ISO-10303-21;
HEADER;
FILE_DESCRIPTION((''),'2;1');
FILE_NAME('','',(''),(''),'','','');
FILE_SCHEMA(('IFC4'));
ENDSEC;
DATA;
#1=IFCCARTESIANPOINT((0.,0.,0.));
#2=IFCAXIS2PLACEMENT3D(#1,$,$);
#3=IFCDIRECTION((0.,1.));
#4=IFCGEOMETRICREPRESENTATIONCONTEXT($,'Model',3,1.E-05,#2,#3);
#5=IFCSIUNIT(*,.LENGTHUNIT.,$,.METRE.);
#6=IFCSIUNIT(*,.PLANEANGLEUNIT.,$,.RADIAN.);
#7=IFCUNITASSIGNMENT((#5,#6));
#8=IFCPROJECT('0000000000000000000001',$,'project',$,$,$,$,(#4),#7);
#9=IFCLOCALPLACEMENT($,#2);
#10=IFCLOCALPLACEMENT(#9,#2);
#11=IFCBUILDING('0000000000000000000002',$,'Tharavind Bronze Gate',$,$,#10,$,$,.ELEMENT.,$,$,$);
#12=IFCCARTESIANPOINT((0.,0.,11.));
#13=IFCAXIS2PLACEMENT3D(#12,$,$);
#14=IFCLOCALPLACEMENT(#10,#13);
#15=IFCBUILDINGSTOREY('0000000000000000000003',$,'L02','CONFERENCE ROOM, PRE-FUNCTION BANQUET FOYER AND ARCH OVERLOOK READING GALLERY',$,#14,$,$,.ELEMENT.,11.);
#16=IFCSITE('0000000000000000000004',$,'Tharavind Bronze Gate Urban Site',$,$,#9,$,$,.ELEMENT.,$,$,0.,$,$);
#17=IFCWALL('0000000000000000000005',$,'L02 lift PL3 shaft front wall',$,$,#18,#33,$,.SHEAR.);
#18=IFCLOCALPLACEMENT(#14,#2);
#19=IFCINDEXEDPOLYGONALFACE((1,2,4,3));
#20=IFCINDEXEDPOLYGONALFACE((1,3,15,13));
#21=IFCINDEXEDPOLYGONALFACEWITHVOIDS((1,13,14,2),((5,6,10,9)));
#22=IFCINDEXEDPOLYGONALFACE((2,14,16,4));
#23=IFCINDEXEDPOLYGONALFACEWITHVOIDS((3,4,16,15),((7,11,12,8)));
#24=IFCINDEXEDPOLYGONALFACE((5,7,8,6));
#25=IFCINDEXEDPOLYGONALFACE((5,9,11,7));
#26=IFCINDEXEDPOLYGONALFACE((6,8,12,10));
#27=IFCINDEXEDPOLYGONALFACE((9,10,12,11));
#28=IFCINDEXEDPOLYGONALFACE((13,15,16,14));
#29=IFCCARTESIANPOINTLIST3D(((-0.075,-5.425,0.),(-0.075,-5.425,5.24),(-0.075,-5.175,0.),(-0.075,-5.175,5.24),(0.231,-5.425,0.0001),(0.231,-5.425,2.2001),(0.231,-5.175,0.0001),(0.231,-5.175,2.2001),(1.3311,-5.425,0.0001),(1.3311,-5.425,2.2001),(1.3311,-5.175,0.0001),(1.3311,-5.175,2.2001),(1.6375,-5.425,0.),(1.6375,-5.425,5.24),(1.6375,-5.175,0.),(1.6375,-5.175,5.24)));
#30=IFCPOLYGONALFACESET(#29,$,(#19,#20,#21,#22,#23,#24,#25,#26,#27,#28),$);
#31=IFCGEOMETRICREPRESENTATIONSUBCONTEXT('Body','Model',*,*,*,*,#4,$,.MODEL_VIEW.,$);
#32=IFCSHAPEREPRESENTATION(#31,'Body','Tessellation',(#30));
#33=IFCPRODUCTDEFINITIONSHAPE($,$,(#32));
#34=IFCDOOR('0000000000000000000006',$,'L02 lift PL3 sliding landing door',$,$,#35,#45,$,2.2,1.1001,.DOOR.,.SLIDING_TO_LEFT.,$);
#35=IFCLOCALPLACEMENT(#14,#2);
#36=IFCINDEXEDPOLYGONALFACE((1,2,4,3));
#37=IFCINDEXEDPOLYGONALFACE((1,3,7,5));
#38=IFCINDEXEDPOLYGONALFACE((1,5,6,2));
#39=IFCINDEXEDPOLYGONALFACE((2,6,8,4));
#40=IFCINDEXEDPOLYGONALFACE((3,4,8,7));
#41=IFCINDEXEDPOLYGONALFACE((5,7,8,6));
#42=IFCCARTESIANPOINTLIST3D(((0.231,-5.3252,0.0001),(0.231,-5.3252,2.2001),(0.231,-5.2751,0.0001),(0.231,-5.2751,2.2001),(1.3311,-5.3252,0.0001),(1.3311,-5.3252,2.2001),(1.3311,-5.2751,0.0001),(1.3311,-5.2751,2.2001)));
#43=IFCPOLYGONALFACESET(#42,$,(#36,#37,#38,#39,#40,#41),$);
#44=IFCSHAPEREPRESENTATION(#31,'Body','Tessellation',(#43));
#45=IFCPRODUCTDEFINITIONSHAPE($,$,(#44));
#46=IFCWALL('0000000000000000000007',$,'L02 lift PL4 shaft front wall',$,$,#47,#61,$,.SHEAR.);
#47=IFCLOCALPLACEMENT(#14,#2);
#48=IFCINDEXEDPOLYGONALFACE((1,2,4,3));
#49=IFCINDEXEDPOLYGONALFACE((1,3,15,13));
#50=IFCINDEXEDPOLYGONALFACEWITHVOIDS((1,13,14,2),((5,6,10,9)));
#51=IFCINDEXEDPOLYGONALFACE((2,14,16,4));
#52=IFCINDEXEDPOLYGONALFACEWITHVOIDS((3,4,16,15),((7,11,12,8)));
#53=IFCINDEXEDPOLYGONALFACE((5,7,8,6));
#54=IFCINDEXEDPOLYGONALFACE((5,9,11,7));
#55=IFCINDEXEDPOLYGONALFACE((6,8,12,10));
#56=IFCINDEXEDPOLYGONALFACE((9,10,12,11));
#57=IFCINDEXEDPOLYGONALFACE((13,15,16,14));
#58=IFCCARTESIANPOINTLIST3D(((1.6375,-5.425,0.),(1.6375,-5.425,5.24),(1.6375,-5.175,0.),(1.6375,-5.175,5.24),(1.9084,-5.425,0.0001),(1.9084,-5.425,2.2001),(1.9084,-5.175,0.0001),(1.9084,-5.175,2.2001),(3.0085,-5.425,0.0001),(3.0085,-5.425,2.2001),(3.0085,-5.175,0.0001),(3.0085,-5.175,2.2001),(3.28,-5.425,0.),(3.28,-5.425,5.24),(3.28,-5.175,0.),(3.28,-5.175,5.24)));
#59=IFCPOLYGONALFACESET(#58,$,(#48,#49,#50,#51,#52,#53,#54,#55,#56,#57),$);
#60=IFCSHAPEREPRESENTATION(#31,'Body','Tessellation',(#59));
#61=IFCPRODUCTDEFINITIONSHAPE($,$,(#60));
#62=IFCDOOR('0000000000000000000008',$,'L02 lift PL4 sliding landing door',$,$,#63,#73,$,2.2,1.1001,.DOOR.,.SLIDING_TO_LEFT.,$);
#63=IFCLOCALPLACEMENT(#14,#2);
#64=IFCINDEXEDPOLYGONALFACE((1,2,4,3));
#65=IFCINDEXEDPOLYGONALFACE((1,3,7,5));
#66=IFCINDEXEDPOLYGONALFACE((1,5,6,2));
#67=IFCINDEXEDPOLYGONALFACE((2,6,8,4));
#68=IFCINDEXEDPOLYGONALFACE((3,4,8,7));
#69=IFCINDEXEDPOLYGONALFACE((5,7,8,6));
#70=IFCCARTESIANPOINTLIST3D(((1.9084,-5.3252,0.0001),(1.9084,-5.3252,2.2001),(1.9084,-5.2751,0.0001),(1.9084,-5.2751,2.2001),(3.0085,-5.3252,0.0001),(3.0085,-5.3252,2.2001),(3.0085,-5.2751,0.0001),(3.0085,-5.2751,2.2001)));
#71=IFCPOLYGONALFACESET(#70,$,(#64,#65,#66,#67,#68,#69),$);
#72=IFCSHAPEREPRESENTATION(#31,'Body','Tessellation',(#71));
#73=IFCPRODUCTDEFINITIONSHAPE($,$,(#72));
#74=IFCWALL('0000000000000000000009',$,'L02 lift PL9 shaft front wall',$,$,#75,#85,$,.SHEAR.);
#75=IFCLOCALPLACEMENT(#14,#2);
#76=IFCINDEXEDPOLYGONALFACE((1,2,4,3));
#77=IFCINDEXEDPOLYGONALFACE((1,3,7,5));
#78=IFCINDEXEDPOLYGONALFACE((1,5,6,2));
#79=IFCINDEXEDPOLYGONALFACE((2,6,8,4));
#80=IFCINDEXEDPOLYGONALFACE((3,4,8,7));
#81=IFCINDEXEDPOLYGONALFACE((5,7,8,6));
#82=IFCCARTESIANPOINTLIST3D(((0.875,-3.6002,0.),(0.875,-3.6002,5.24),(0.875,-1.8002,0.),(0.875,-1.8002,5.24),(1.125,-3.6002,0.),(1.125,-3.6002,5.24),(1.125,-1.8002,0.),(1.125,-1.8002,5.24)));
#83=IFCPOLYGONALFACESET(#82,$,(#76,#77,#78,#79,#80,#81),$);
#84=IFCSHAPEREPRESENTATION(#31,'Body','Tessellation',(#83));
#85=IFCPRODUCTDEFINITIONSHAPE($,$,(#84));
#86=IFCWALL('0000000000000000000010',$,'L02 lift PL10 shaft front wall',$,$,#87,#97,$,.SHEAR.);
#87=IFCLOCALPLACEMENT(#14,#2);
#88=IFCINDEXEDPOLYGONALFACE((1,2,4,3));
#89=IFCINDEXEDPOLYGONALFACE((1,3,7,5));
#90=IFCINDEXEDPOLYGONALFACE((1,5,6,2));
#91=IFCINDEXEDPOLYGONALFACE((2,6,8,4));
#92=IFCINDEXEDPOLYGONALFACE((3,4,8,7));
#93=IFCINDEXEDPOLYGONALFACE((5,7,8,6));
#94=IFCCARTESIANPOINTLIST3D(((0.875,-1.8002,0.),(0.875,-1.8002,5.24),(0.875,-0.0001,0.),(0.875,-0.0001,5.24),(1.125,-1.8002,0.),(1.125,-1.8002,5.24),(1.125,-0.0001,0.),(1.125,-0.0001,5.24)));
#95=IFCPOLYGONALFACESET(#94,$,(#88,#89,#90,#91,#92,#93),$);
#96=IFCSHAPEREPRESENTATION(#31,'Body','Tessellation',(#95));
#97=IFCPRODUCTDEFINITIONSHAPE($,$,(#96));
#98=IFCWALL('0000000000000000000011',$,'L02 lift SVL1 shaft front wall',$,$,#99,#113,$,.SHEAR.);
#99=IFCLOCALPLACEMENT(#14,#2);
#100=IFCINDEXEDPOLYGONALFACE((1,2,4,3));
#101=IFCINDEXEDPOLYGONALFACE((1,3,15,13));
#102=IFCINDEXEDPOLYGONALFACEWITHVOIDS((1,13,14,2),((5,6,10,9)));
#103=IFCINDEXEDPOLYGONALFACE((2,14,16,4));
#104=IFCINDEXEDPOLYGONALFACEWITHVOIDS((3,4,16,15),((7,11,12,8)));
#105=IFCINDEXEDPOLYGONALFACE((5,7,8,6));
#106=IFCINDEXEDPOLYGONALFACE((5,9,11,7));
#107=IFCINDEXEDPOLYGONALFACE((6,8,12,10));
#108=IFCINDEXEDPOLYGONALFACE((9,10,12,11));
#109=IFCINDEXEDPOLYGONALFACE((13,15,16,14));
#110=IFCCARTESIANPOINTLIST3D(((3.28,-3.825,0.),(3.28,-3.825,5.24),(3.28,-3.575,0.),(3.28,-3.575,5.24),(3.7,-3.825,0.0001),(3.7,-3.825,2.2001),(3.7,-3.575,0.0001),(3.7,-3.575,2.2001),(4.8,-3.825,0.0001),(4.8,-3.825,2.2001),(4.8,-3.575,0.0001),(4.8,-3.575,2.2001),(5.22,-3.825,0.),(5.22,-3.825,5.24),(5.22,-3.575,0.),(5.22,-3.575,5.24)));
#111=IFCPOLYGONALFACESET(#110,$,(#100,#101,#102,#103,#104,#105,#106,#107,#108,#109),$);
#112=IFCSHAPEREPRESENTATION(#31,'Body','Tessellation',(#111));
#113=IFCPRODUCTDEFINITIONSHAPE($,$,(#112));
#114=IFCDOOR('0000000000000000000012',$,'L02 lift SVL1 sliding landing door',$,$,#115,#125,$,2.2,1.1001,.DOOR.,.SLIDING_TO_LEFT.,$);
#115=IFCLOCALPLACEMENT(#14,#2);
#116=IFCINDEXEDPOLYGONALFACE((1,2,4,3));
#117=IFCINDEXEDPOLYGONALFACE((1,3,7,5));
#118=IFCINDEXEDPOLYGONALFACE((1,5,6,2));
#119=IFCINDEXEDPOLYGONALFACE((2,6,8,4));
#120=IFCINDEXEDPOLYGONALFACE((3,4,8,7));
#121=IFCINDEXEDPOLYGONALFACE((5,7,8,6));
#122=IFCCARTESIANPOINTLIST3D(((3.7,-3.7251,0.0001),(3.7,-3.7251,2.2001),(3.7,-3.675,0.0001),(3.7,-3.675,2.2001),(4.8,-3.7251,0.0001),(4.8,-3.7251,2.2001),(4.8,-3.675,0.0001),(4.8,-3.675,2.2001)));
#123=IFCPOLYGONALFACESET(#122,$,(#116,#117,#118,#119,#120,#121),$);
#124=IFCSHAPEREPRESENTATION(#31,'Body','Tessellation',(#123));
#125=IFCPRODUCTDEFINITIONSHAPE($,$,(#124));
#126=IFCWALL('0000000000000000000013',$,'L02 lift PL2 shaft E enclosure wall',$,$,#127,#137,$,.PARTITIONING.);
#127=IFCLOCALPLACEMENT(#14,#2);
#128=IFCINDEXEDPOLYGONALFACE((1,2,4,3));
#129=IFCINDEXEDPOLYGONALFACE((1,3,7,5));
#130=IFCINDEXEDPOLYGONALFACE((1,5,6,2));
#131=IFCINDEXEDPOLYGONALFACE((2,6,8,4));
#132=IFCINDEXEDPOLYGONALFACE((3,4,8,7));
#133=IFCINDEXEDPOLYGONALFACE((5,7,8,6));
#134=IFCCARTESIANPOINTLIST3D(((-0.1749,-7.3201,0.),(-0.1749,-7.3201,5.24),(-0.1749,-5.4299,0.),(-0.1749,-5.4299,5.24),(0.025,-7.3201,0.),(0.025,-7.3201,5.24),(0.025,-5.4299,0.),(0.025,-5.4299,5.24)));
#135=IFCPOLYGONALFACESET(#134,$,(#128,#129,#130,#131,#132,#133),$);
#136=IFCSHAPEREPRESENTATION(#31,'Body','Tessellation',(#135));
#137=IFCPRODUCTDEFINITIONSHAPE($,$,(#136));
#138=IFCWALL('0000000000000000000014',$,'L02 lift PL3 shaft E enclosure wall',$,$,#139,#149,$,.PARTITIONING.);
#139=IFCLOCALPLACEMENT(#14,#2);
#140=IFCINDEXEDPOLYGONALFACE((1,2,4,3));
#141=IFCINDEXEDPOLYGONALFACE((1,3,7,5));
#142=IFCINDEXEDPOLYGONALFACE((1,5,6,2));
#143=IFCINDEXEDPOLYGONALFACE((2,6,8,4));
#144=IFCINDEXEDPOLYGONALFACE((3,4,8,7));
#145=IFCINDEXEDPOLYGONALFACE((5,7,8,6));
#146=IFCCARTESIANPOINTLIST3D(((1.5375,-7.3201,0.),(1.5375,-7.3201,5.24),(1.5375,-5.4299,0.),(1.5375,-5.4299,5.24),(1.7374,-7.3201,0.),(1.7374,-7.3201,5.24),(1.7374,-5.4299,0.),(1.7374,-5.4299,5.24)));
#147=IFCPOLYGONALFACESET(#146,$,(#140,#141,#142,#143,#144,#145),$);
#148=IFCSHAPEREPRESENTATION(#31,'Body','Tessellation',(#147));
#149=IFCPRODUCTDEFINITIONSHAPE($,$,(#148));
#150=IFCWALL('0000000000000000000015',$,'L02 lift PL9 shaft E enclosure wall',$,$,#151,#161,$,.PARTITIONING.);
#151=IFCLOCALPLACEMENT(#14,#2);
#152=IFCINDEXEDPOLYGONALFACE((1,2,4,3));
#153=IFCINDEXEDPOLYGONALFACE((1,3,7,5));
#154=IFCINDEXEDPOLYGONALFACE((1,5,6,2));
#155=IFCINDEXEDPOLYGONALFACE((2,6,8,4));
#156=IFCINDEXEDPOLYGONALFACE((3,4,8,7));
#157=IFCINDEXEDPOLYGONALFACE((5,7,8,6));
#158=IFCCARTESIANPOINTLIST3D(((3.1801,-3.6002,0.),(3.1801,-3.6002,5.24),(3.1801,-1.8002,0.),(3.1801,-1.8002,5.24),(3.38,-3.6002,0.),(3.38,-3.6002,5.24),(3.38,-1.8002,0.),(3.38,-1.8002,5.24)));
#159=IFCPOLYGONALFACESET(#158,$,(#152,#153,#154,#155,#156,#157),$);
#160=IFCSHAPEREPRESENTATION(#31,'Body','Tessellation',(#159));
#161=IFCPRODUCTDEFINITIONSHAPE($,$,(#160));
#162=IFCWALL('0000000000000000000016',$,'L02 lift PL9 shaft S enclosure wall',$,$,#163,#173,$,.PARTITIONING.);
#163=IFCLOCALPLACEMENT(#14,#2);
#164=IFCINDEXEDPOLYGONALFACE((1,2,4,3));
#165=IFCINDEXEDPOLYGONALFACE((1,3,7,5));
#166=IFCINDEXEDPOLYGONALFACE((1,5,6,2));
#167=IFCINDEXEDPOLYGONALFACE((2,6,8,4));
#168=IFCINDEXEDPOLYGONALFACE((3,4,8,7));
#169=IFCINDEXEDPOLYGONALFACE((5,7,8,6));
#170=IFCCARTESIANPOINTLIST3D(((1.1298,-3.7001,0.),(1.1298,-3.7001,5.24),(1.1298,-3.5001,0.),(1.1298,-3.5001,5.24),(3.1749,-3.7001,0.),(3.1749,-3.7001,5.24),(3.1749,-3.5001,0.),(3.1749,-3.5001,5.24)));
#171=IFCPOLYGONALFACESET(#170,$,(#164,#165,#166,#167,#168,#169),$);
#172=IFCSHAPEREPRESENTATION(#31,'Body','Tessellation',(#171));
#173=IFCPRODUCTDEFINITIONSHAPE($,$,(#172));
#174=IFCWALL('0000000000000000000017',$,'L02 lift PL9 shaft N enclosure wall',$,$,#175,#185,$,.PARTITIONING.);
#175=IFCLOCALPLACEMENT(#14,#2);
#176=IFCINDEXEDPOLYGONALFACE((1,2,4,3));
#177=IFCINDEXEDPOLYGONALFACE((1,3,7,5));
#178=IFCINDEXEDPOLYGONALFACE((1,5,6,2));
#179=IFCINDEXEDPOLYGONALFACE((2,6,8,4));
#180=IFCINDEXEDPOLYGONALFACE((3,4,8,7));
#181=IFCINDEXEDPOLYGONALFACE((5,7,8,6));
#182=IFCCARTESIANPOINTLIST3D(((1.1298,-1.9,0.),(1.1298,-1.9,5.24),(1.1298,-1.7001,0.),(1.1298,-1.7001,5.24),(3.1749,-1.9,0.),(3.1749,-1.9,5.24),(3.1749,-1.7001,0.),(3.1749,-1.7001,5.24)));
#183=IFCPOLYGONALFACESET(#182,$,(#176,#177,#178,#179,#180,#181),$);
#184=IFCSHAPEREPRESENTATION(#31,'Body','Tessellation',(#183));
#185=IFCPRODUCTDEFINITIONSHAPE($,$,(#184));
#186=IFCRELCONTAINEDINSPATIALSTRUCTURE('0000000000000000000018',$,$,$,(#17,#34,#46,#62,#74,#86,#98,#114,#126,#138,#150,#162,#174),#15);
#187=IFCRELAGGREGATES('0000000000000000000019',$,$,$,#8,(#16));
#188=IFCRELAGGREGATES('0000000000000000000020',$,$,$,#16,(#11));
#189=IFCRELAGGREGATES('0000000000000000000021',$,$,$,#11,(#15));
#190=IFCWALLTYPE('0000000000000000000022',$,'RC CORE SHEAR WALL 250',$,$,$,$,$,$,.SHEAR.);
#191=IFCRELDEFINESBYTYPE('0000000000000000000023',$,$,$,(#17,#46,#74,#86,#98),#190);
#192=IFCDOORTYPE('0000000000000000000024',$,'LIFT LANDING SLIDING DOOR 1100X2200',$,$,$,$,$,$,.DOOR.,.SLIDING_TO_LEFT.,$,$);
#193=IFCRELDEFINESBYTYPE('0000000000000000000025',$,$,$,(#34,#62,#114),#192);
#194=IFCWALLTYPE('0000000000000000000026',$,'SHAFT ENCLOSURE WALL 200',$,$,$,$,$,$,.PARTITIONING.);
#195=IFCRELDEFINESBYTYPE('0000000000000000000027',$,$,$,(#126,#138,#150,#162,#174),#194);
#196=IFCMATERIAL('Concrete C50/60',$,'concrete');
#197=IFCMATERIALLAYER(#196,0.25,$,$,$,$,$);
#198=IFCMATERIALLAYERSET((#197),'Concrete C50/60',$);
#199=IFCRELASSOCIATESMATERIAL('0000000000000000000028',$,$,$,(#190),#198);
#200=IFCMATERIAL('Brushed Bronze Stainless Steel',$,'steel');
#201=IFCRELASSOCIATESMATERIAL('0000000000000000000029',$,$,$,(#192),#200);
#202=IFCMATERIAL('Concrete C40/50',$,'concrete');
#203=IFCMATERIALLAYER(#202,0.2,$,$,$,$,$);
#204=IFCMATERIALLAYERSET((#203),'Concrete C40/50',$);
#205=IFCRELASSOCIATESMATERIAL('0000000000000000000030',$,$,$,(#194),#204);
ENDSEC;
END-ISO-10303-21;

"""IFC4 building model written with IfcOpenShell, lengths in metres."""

from ifc_helpers import new_model, si_unit, direction, frame, frame_2d, origin, place, context, subcontext, project, spatial, rectangle, extrude, material, layer, layer_set, type_object, element, fill, save


model = new_model("IFC4")

# Units and contexts
model_context = context("Model", 3, precision=1e-05, world=origin(), true_north=direction((0.0, 1.0)))
body_context = subcontext(model_context, "Body", "Model", "MODEL_VIEW")
ifc_project = project(units=[si_unit("LENGTHUNIT", "METRE"), si_unit("PLANEANGLEUNIT", "RADIAN")], contexts=[model_context])

# Site, building, storey
site_placement = place(None, origin())
site = spatial("IfcSite", under=ifc_project, at=site_placement, Name="Tharavind Bronze Gate Urban Site", CompositionType="ELEMENT", RefElevation=0.0)
building_placement = place(site_placement, origin())
building = spatial("IfcBuilding", under=site, at=building_placement, Name="Tharavind Bronze Gate", CompositionType="ELEMENT")
storey_placement = place(building_placement, frame((0.0, 0.0, 11.0)))
storey = spatial("IfcBuildingStorey", under=building, at=storey_placement, Name="L02", Description="CONFERENCE ROOM, PRE-FUNCTION BANQUET FOYER AND ARCH OVERLOOK READING GALLERY", CompositionType="ELEMENT", Elevation=11.0)

# Shared definitions
ifc_material_1 = material(Name="Concrete C40/50", Category="concrete")

# Shared definitions
ifc_material_2 = material(Name="Concrete C50/60", Category="concrete")
ifc_layer_1 = layer(ifc_material_2, 0.25)
ifc_layer_set_1 = layer_set([ifc_layer_1], Name="Concrete C50/60")
wall_type_1 = type_object("IfcWallType", Name="RC CORE SHEAR WALL 250", PredefinedType="SHEAR", material=ifc_layer_set_1)

# Walls, openings, doors
wall_1_placement = place(storey_placement, frame((-0.075, -5.3, 0.0), z_axis=(0.0, 0.0, 1.0), x_axis=(1.0, 0.0, 0.0)))
wall_1 = element("IfcWall", 1, at=wall_1_placement, inside=storey, type_object=wall_type_1, Name="L02 lift PL3 shaft front wall", PredefinedType="SHEAR", context=body_context, shape_type="SweptSolid", body=[
    extrude(rectangle(XDim=1.7124, YDim=0.25, at=frame_2d((0.8562, 0.0))), origin(), (0.0, 0.0, 1.0), 5.24),
])
opening_1_placement = place(wall_1_placement, frame((0.3059, 0.0, 0.0)))
opening_1 = element("IfcOpeningElement", 2, at=opening_1_placement, cuts=wall_1, PredefinedType="OPENING", context=body_context, shape_type="SweptSolid", body=[
    extrude(rectangle(XDim=1.1001, YDim=2.2, at=frame_2d((0.55, 1.1001))), frame((0.0, 0.135, 0.0), z_axis=(0.0, -1.0, 0.0), x_axis=(1.0, 0.0, 0.0)), (0.0, 0.0, 1.0), 0.27),
])
ifc_material_3 = material(Name="Brushed Bronze Stainless Steel", Category="steel")
door_type = type_object("IfcDoorType", Name="LIFT LANDING SLIDING DOOR 1100X2200", OperationType="SLIDING_TO_LEFT", PredefinedType="DOOR", material=ifc_material_3)
door_1_placement = place(opening_1_placement, origin())
door_1 = element("IfcDoor", 3, at=door_1_placement, inside=storey, type_object=door_type, Name="L02 lift PL3 sliding landing door", OperationType="SLIDING_TO_LEFT", OverallHeight=2.2, OverallWidth=1.1001, PredefinedType="DOOR", context=body_context, shape_type="SweptSolid", body=[
    extrude(rectangle(XDim=1.1001, YDim=2.2, at=frame_2d((0.55, 1.1001))), frame((0.0, 0.0249, 0.0), z_axis=(0.0, -1.0, 0.0), x_axis=(1.0, 0.0, 0.0)), (0.0, 0.0, 1.0), 0.05),
])
fill(opening_1, door_1)
wall_2_placement = place(storey_placement, frame((1.6375, -5.3, 0.0), z_axis=(0.0, 0.0, 1.0), x_axis=(1.0, 0.0, 0.0)))
wall_2 = element("IfcWall", 4, at=wall_2_placement, inside=storey, type_object=wall_type_1, Name="L02 lift PL4 shaft front wall", PredefinedType="SHEAR", context=body_context, shape_type="SweptSolid", body=[
    extrude(rectangle(XDim=1.6426, YDim=0.25, at=frame_2d((0.8213, 0.0))), origin(), (0.0, 0.0, 1.0), 5.24),
])
opening_2_placement = place(wall_2_placement, frame((0.271, 0.0, 0.0)))
opening_2 = element("IfcOpeningElement", 5, at=opening_2_placement, cuts=wall_2, PredefinedType="OPENING", context=body_context, shape_type="SweptSolid", body=[
    extrude(rectangle(XDim=1.1001, YDim=2.2, at=frame_2d((0.55, 1.1001))), frame((0.0, 0.135, 0.0), z_axis=(0.0, -1.0, 0.0), x_axis=(1.0, 0.0, 0.0)), (0.0, 0.0, 1.0), 0.27),
])
door_2_placement = place(opening_2_placement, origin())
door_2 = element("IfcDoor", 6, at=door_2_placement, inside=storey, type_object=door_type, Name="L02 lift PL4 sliding landing door", OperationType="SLIDING_TO_LEFT", OverallHeight=2.2, OverallWidth=1.1001, PredefinedType="DOOR", context=body_context, shape_type="SweptSolid", body=[
    extrude(rectangle(XDim=1.1001, YDim=2.2, at=frame_2d((0.55, 1.1001))), frame((0.0, 0.0249, 0.0), z_axis=(0.0, -1.0, 0.0), x_axis=(1.0, 0.0, 0.0)), (0.0, 0.0, 1.0), 0.05),
])
fill(opening_2, door_2)

# Walls
for number, where, z_axis, x_axis, name in (
    (7, (1.0, -3.6001, 0.0), (0.0, 0.0, 1.0), (0.0, 1.0, 0.0), "L02 lift PL9 shaft front wall"),
    (8, (1.0, -1.8, 0.0), (0.0, 0.0, 1.0), (0.0, 1.0, 0.0), "L02 lift PL10 shaft front wall"),
):
    element("IfcWall", number, at=place(storey_placement, frame(where, z_axis=z_axis, x_axis=x_axis)), inside=storey, type_object=wall_type_1, Name=name, PredefinedType="SHEAR", context=body_context, shape_type="SweptSolid", body=[
        extrude(rectangle(XDim=1.8, YDim=0.25, at=frame_2d((0.8999, 0.0))), origin(), (0.0, 0.0, 1.0), 5.24),
    ])

# Wall, opening, door
wall_3_placement = place(storey_placement, frame((3.28, -3.7, 0.0), z_axis=(0.0, 0.0, 1.0), x_axis=(1.0, 0.0, 0.0)))
wall_3 = element("IfcWall", 9, at=wall_3_placement, inside=storey, type_object=wall_type_1, Name="L02 lift SVL1 shaft front wall", PredefinedType="SHEAR", context=body_context, shape_type="SweptSolid", body=[
    extrude(rectangle(XDim=1.9399, YDim=0.25, at=frame_2d((0.97, 0.0))), origin(), (0.0, 0.0, 1.0), 5.24),
])
opening_3_placement = place(wall_3_placement, frame((0.4199, 0.0, 0.0)))
opening_3 = element("IfcOpeningElement", 10, at=opening_3_placement, cuts=wall_3, PredefinedType="OPENING", context=body_context, shape_type="SweptSolid", body=[
    extrude(rectangle(XDim=1.1001, YDim=2.2, at=frame_2d((0.55, 1.1001))), frame((0.0, 0.135, 0.0), z_axis=(0.0, -1.0, 0.0), x_axis=(1.0, 0.0, 0.0)), (0.0, 0.0, 1.0), 0.27),
])
door_3_placement = place(opening_3_placement, origin())
door_3 = element("IfcDoor", 11, at=door_3_placement, inside=storey, type_object=door_type, Name="L02 lift SVL1 sliding landing door", OperationType="SLIDING_TO_LEFT", OverallHeight=2.2, OverallWidth=1.1001, PredefinedType="DOOR", context=body_context, shape_type="SweptSolid", body=[
    extrude(rectangle(XDim=1.1001, YDim=2.2, at=frame_2d((0.55, 1.1001))), frame((0.0, 0.0249, 0.0), z_axis=(0.0, -1.0, 0.0), x_axis=(1.0, 0.0, 0.0)), (0.0, 0.0, 1.0), 0.05),
])
fill(opening_3, door_3)

# Walls
ifc_layer_2 = layer(ifc_material_1, 0.2)
ifc_layer_set_2 = layer_set([ifc_layer_2], Name="Concrete C40/50")
wall_type_2 = type_object("IfcWallType", Name="SHAFT ENCLOSURE WALL 200", PredefinedType="PARTITIONING", material=ifc_layer_set_2)
for number, where, z_axis, x_axis, name in (
    (12, (-0.075, -7.3201, 0.0), (0.0, 0.0, 1.0), (0.0, 1.0, 0.0), "L02 lift PL2 shaft E enclosure wall"),
    (13, (1.6375, -7.3201, 0.0), (0.0, 0.0, 1.0), (0.0, 1.0, 0.0), "L02 lift PL3 shaft E enclosure wall"),
):
    element("IfcWall", number, at=place(storey_placement, frame(where, z_axis=z_axis, x_axis=x_axis)), inside=storey, type_object=wall_type_2, Name=name, PredefinedType="PARTITIONING", context=body_context, shape_type="SweptSolid", body=[
        extrude(rectangle(XDim=1.8901, YDim=0.2, at=frame_2d((0.9451, 0.0))), origin(), (0.0, 0.0, 1.0), 5.24),
    ])
wall_4_placement = place(storey_placement, frame((3.28, -3.6001, 0.0), z_axis=(0.0, 0.0, 1.0), x_axis=(0.0, 1.0, 0.0)))
element("IfcWall", 14, at=wall_4_placement, inside=storey, type_object=wall_type_2, Name="L02 lift PL9 shaft E enclosure wall", PredefinedType="PARTITIONING", context=body_context, shape_type="SweptSolid", body=[
    extrude(rectangle(XDim=1.8, YDim=0.2, at=frame_2d((0.8999, 0.0))), origin(), (0.0, 0.0, 1.0), 5.24),
])
for number, where, z_axis, x_axis, name in (
    (15, (1.1299, -3.6001, 0.0), (0.0, 0.0, 1.0), (1.0, 0.0, 0.0), "L02 lift PL9 shaft S enclosure wall"),
    (16, (1.1299, -1.8, 0.0), (0.0, 0.0, 1.0), (1.0, 0.0, 0.0), "L02 lift PL9 shaft N enclosure wall"),
):
    element("IfcWall", number, at=place(storey_placement, frame(where, z_axis=z_axis, x_axis=x_axis)), inside=storey, type_object=wall_type_2, Name=name, PredefinedType="PARTITIONING", context=body_context, shape_type="SweptSolid", body=[
        extrude(rectangle(XDim=2.0452, YDim=0.2, at=frame_2d((1.0225, 0.0))), origin(), (0.0, 0.0, 1.0), 5.24),
    ])

save(model, "model.ifc")
